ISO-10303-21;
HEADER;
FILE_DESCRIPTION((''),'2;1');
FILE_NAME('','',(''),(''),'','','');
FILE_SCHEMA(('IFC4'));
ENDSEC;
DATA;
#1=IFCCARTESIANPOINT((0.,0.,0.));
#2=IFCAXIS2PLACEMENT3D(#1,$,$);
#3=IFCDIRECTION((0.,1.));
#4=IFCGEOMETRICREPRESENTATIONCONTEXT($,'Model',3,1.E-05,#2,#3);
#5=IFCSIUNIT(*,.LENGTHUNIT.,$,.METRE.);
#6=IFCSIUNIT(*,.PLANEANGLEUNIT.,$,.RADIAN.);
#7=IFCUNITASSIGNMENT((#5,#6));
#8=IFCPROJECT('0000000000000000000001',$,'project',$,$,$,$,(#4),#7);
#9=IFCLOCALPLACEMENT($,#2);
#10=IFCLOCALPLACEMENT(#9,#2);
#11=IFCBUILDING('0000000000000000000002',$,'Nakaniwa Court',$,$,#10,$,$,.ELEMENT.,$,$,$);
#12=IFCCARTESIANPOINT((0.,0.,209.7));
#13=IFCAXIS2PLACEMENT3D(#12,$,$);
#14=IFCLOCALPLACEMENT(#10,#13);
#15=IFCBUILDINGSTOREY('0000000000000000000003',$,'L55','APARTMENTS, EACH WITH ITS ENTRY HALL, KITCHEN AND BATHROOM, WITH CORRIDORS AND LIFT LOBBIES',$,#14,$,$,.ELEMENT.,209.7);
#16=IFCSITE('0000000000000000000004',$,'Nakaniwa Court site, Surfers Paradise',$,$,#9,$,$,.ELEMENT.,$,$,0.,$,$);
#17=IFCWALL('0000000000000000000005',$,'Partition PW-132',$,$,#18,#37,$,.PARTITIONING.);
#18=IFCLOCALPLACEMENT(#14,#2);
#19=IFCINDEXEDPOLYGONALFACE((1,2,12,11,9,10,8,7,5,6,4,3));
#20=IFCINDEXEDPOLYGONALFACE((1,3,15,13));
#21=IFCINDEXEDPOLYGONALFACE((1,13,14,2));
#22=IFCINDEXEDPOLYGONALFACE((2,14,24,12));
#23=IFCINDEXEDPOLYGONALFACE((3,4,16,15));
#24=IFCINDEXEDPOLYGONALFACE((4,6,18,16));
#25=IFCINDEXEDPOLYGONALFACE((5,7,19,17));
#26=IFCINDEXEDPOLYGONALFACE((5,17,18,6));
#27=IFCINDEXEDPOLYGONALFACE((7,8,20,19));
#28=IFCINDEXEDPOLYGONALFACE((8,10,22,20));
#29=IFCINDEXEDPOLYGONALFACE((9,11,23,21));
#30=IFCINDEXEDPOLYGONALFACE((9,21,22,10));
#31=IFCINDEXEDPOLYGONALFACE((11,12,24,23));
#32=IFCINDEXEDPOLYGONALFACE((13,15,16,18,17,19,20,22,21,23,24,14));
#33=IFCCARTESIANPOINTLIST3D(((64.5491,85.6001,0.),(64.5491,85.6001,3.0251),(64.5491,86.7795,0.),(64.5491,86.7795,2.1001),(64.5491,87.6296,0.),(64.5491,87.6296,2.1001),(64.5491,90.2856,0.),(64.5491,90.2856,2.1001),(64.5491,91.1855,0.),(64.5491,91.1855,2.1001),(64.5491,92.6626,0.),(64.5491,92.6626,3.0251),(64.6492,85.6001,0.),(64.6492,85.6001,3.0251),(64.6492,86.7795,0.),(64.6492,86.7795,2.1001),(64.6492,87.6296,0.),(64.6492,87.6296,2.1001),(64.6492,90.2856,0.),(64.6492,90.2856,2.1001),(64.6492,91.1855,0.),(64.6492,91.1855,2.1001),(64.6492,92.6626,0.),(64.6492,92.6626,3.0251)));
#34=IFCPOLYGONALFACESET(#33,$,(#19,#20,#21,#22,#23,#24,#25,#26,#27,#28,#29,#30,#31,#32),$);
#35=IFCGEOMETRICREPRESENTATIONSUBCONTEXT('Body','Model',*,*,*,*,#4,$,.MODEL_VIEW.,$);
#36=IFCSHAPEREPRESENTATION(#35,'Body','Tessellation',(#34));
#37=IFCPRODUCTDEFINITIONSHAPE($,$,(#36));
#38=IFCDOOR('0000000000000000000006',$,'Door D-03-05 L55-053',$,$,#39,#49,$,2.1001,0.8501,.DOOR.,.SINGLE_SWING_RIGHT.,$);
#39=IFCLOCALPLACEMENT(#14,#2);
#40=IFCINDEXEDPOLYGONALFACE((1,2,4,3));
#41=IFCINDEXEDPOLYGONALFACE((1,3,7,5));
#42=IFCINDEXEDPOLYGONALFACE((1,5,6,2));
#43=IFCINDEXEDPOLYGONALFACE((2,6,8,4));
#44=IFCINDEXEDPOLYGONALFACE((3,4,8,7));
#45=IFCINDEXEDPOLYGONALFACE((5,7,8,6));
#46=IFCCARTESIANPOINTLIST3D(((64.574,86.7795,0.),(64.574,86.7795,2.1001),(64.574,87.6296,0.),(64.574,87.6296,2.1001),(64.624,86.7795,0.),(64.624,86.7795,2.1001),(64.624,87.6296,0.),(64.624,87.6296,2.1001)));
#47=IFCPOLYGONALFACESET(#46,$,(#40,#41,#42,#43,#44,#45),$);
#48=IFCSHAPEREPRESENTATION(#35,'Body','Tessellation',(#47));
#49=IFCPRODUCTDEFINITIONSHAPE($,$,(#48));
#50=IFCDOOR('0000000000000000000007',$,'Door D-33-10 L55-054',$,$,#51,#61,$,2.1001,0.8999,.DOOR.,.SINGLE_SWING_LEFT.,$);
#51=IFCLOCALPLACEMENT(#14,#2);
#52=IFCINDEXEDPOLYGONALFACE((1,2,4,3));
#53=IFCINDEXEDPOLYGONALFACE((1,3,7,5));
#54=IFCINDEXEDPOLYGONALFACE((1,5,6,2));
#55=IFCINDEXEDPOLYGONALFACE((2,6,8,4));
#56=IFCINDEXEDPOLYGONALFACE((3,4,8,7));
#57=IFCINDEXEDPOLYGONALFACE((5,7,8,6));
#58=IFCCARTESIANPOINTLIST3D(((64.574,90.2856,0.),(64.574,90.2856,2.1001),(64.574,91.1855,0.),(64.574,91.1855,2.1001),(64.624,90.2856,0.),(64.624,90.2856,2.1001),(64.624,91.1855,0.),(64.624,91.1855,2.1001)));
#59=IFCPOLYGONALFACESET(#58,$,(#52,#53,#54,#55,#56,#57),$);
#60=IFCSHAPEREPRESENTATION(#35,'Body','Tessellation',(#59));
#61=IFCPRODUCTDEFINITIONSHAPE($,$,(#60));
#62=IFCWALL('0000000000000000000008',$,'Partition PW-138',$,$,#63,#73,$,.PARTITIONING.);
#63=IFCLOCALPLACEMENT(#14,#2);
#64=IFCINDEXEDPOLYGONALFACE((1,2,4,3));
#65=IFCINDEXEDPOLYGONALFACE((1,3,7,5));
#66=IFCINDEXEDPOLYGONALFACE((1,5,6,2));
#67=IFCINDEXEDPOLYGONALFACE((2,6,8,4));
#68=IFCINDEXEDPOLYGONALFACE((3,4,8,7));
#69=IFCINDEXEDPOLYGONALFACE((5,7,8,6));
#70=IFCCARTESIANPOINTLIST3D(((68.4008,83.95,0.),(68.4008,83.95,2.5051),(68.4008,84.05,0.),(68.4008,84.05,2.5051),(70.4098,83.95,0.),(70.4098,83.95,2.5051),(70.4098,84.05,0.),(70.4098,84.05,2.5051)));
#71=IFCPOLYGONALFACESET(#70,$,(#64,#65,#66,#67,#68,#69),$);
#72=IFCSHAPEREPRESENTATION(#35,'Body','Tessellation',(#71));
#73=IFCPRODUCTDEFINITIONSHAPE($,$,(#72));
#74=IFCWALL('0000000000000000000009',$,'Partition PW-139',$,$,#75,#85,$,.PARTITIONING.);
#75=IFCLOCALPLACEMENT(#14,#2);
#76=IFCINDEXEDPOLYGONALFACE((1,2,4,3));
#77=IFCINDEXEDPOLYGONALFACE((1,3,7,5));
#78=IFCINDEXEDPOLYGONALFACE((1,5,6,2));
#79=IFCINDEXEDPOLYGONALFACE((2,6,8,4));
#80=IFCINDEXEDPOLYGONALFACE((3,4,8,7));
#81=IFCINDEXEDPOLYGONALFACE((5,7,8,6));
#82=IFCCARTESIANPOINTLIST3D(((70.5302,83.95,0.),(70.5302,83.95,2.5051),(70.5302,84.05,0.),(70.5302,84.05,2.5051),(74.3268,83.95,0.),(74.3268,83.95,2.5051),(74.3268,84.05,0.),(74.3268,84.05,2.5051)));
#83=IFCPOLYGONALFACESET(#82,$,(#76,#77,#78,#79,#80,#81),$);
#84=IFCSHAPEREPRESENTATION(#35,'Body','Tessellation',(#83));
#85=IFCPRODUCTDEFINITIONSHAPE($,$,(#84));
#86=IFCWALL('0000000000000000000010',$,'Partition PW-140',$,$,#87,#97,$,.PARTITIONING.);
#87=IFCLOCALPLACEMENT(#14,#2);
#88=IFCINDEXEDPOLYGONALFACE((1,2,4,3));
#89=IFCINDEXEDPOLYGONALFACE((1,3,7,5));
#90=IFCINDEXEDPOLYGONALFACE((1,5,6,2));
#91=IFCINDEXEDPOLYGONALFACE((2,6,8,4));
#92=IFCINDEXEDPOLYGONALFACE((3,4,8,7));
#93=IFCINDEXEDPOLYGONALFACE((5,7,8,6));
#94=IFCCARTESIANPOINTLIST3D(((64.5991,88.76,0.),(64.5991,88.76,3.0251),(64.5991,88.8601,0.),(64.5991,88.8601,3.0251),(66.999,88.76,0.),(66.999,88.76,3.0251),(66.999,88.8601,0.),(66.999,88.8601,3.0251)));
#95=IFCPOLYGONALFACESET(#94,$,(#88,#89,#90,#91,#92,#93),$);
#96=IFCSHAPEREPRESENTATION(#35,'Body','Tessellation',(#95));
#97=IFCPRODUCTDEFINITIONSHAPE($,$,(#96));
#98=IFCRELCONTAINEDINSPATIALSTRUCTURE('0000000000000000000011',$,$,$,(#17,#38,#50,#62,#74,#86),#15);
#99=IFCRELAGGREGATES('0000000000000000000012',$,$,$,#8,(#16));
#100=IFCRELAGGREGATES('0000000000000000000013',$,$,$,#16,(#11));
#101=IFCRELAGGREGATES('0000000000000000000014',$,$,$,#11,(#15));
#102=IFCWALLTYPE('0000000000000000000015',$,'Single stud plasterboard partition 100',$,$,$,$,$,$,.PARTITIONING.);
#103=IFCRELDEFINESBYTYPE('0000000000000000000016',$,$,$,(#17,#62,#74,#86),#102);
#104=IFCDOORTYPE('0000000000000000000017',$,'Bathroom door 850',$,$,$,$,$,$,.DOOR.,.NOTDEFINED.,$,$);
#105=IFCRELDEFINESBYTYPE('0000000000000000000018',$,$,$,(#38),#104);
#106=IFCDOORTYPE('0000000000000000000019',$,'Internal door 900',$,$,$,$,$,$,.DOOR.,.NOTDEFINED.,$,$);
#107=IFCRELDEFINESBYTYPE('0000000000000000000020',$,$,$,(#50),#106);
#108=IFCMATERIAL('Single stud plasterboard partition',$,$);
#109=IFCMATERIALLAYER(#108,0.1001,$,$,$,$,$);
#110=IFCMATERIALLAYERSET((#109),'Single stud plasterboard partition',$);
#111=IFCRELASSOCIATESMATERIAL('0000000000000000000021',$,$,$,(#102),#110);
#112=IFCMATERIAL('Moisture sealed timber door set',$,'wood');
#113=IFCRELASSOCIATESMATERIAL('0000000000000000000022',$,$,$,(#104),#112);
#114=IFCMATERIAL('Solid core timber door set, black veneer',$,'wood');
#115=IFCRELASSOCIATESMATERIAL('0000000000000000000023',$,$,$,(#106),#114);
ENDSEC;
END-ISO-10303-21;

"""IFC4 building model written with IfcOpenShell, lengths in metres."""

from ifc_helpers import new_model, si_unit, direction, frame, frame_2d, origin, place, context, subcontext, project, spatial, rectangle, extrude, material, layer, layer_set, type_object, element, fill, save


model = new_model("IFC4")

# Units and contexts
model_context = context("Model", 3, precision=1e-05, world=origin(), true_north=direction((0.0, 1.0)))
body_context = subcontext(model_context, "Body", "Model", "MODEL_VIEW")
ifc_project = project(units=[si_unit("LENGTHUNIT", "METRE"), si_unit("PLANEANGLEUNIT", "RADIAN")], contexts=[model_context])

# Site, building, storey
site_placement = place(None, origin())
site = spatial("IfcSite", under=ifc_project, at=site_placement, Name="Nakaniwa Court site, Surfers Paradise", CompositionType="ELEMENT", RefElevation=0.0)
building_placement = place(site_placement, origin())
building = spatial("IfcBuilding", under=site, at=building_placement, Name="Nakaniwa Court", CompositionType="ELEMENT")
storey_placement = place(building_placement, frame((0.0, 0.0, 209.7)))
storey = spatial("IfcBuildingStorey", under=building, at=storey_placement, Name="L55", Description="APARTMENTS, EACH WITH ITS ENTRY HALL, KITCHEN AND BATHROOM, WITH CORRIDORS AND LIFT LOBBIES", CompositionType="ELEMENT", Elevation=209.7)

# Wall, openings, doors
ifc_material_1 = material(Name="Single stud plasterboard partition")
ifc_layer_1 = layer(ifc_material_1, 0.1001)
ifc_layer_set_1 = layer_set([ifc_layer_1], Name="Single stud plasterboard partition")
wall_type_1 = type_object("IfcWallType", Name="Single stud plasterboard partition 100", PredefinedType="PARTITIONING", material=ifc_layer_set_1)
wall_1_placement = place(storey_placement, frame((64.5991, 92.6626, 0.0), z_axis=(0.0, 0.0, 1.0), x_axis=(0.0, -1.0, 0.0)))
wall_1 = element("IfcWall", 1, at=wall_1_placement, inside=storey, type_object=wall_type_1, Name="Partition PW-132", PredefinedType="PARTITIONING", context=body_context, shape_type="SweptSolid", body=[
    extrude(rectangle(XDim=7.0625, YDim=0.1001, at=frame_2d((3.5312, 0.0))), origin(), (0.0, 0.0, 1.0), 3.0251),
])
opening_1_placement = place(wall_1_placement, frame((5.033, 0.0, 0.0)))
opening_1 = element("IfcOpeningElement", 2, at=opening_1_placement, cuts=wall_1, PredefinedType="OPENING", context=body_context, shape_type="SweptSolid", body=[
    extrude(rectangle(XDim=0.8501, YDim=2.1001, at=frame_2d((0.425, 1.05))), frame((0.0, 0.0601, 0.0), z_axis=(0.0, -1.0, 0.0), x_axis=(1.0, 0.0, 0.0)), (0.0, 0.0, 1.0), 0.1201),
])
opening_2_placement = place(wall_1_placement, frame((1.4771, 0.0, 0.0)))
opening_2 = element("IfcOpeningElement", 3, at=opening_2_placement, cuts=wall_1, PredefinedType="OPENING", context=body_context, shape_type="SweptSolid", body=[
    extrude(rectangle(XDim=0.8999, YDim=2.1001, at=frame_2d((0.45, 1.05))), frame((0.0, 0.0601, 0.0), z_axis=(0.0, -1.0, 0.0), x_axis=(1.0, 0.0, 0.0)), (0.0, 0.0, 1.0), 0.1201),
])
ifc_material_2 = material(Name="Moisture sealed timber door set", Category="wood")
door_type_1 = type_object("IfcDoorType", Name="Bathroom door 850", OperationType="NOTDEFINED", PredefinedType="DOOR", material=ifc_material_2)
door_1_placement = place(opening_1_placement, origin())
door_1 = element("IfcDoor", 4, at=door_1_placement, inside=storey, type_object=door_type_1, Name="Door D-03-05 L55-053", OperationType="SINGLE_SWING_RIGHT", OverallHeight=2.1001, OverallWidth=0.8501, PredefinedType="DOOR", context=body_context, shape_type="SweptSolid", body=[
    extrude(rectangle(XDim=0.8501, YDim=2.1001, at=frame_2d((0.425, 1.05))), frame((0.0, 0.0249, 0.0), z_axis=(0.0, -1.0, 0.0), x_axis=(1.0, 0.0, 0.0)), (0.0, 0.0, 1.0), 0.05),
])
fill(opening_1, door_1)
ifc_material_3 = material(Name="Solid core timber door set, black veneer", Category="wood")
door_type_2 = type_object("IfcDoorType", Name="Internal door 900", OperationType="NOTDEFINED", PredefinedType="DOOR", material=ifc_material_3)
door_2_placement = place(opening_2_placement, origin())
door_2 = element("IfcDoor", 5, at=door_2_placement, inside=storey, type_object=door_type_2, Name="Door D-33-10 L55-054", OperationType="SINGLE_SWING_LEFT", OverallHeight=2.1001, OverallWidth=0.8999, PredefinedType="DOOR", context=body_context, shape_type="SweptSolid", body=[
    extrude(rectangle(XDim=0.8999, YDim=2.1001, at=frame_2d((0.45, 1.05))), frame((0.0, 0.0249, 0.0), z_axis=(0.0, -1.0, 0.0), x_axis=(1.0, 0.0, 0.0)), (0.0, 0.0, 1.0), 0.05),
])
fill(opening_2, door_2)

# Walls
wall_2_placement = place(storey_placement, frame((68.4009, 84.0, 0.0), z_axis=(0.0, 0.0, 1.0), x_axis=(1.0, 0.0, 0.0)))
element("IfcWall", 6, at=wall_2_placement, inside=storey, type_object=wall_type_1, Name="Partition PW-138", PredefinedType="PARTITIONING", context=body_context, shape_type="SweptSolid", body=[
    extrude(rectangle(XDim=2.009, YDim=0.1001, at=frame_2d((1.0044, 0.0))), origin(), (0.0, 0.0, 1.0), 2.5051),
])
wall_3_placement = place(storey_placement, frame((70.53, 84.0, 0.0), z_axis=(0.0, 0.0, 1.0), x_axis=(1.0, 0.0, 0.0)))
element("IfcWall", 7, at=wall_3_placement, inside=storey, type_object=wall_type_1, Name="Partition PW-139", PredefinedType="PARTITIONING", context=body_context, shape_type="SweptSolid", body=[
    extrude(rectangle(XDim=3.7966, YDim=0.1001, at=frame_2d((1.8984, 0.0))), origin(), (0.0, 0.0, 1.0), 2.5051),
])
wall_4_placement = place(storey_placement, frame((64.5991, 88.8101, 0.0), z_axis=(0.0, 0.0, 1.0), x_axis=(1.0, 0.0, 0.0)))
element("IfcWall", 8, at=wall_4_placement, inside=storey, type_object=wall_type_1, Name="Partition PW-140", PredefinedType="PARTITIONING", context=body_context, shape_type="SweptSolid", body=[
    extrude(rectangle(XDim=2.3999, YDim=0.1001, at=frame_2d((1.2, 0.0))), origin(), (0.0, 0.0, 1.0), 3.0251),
])

save(model, "model.ifc")
